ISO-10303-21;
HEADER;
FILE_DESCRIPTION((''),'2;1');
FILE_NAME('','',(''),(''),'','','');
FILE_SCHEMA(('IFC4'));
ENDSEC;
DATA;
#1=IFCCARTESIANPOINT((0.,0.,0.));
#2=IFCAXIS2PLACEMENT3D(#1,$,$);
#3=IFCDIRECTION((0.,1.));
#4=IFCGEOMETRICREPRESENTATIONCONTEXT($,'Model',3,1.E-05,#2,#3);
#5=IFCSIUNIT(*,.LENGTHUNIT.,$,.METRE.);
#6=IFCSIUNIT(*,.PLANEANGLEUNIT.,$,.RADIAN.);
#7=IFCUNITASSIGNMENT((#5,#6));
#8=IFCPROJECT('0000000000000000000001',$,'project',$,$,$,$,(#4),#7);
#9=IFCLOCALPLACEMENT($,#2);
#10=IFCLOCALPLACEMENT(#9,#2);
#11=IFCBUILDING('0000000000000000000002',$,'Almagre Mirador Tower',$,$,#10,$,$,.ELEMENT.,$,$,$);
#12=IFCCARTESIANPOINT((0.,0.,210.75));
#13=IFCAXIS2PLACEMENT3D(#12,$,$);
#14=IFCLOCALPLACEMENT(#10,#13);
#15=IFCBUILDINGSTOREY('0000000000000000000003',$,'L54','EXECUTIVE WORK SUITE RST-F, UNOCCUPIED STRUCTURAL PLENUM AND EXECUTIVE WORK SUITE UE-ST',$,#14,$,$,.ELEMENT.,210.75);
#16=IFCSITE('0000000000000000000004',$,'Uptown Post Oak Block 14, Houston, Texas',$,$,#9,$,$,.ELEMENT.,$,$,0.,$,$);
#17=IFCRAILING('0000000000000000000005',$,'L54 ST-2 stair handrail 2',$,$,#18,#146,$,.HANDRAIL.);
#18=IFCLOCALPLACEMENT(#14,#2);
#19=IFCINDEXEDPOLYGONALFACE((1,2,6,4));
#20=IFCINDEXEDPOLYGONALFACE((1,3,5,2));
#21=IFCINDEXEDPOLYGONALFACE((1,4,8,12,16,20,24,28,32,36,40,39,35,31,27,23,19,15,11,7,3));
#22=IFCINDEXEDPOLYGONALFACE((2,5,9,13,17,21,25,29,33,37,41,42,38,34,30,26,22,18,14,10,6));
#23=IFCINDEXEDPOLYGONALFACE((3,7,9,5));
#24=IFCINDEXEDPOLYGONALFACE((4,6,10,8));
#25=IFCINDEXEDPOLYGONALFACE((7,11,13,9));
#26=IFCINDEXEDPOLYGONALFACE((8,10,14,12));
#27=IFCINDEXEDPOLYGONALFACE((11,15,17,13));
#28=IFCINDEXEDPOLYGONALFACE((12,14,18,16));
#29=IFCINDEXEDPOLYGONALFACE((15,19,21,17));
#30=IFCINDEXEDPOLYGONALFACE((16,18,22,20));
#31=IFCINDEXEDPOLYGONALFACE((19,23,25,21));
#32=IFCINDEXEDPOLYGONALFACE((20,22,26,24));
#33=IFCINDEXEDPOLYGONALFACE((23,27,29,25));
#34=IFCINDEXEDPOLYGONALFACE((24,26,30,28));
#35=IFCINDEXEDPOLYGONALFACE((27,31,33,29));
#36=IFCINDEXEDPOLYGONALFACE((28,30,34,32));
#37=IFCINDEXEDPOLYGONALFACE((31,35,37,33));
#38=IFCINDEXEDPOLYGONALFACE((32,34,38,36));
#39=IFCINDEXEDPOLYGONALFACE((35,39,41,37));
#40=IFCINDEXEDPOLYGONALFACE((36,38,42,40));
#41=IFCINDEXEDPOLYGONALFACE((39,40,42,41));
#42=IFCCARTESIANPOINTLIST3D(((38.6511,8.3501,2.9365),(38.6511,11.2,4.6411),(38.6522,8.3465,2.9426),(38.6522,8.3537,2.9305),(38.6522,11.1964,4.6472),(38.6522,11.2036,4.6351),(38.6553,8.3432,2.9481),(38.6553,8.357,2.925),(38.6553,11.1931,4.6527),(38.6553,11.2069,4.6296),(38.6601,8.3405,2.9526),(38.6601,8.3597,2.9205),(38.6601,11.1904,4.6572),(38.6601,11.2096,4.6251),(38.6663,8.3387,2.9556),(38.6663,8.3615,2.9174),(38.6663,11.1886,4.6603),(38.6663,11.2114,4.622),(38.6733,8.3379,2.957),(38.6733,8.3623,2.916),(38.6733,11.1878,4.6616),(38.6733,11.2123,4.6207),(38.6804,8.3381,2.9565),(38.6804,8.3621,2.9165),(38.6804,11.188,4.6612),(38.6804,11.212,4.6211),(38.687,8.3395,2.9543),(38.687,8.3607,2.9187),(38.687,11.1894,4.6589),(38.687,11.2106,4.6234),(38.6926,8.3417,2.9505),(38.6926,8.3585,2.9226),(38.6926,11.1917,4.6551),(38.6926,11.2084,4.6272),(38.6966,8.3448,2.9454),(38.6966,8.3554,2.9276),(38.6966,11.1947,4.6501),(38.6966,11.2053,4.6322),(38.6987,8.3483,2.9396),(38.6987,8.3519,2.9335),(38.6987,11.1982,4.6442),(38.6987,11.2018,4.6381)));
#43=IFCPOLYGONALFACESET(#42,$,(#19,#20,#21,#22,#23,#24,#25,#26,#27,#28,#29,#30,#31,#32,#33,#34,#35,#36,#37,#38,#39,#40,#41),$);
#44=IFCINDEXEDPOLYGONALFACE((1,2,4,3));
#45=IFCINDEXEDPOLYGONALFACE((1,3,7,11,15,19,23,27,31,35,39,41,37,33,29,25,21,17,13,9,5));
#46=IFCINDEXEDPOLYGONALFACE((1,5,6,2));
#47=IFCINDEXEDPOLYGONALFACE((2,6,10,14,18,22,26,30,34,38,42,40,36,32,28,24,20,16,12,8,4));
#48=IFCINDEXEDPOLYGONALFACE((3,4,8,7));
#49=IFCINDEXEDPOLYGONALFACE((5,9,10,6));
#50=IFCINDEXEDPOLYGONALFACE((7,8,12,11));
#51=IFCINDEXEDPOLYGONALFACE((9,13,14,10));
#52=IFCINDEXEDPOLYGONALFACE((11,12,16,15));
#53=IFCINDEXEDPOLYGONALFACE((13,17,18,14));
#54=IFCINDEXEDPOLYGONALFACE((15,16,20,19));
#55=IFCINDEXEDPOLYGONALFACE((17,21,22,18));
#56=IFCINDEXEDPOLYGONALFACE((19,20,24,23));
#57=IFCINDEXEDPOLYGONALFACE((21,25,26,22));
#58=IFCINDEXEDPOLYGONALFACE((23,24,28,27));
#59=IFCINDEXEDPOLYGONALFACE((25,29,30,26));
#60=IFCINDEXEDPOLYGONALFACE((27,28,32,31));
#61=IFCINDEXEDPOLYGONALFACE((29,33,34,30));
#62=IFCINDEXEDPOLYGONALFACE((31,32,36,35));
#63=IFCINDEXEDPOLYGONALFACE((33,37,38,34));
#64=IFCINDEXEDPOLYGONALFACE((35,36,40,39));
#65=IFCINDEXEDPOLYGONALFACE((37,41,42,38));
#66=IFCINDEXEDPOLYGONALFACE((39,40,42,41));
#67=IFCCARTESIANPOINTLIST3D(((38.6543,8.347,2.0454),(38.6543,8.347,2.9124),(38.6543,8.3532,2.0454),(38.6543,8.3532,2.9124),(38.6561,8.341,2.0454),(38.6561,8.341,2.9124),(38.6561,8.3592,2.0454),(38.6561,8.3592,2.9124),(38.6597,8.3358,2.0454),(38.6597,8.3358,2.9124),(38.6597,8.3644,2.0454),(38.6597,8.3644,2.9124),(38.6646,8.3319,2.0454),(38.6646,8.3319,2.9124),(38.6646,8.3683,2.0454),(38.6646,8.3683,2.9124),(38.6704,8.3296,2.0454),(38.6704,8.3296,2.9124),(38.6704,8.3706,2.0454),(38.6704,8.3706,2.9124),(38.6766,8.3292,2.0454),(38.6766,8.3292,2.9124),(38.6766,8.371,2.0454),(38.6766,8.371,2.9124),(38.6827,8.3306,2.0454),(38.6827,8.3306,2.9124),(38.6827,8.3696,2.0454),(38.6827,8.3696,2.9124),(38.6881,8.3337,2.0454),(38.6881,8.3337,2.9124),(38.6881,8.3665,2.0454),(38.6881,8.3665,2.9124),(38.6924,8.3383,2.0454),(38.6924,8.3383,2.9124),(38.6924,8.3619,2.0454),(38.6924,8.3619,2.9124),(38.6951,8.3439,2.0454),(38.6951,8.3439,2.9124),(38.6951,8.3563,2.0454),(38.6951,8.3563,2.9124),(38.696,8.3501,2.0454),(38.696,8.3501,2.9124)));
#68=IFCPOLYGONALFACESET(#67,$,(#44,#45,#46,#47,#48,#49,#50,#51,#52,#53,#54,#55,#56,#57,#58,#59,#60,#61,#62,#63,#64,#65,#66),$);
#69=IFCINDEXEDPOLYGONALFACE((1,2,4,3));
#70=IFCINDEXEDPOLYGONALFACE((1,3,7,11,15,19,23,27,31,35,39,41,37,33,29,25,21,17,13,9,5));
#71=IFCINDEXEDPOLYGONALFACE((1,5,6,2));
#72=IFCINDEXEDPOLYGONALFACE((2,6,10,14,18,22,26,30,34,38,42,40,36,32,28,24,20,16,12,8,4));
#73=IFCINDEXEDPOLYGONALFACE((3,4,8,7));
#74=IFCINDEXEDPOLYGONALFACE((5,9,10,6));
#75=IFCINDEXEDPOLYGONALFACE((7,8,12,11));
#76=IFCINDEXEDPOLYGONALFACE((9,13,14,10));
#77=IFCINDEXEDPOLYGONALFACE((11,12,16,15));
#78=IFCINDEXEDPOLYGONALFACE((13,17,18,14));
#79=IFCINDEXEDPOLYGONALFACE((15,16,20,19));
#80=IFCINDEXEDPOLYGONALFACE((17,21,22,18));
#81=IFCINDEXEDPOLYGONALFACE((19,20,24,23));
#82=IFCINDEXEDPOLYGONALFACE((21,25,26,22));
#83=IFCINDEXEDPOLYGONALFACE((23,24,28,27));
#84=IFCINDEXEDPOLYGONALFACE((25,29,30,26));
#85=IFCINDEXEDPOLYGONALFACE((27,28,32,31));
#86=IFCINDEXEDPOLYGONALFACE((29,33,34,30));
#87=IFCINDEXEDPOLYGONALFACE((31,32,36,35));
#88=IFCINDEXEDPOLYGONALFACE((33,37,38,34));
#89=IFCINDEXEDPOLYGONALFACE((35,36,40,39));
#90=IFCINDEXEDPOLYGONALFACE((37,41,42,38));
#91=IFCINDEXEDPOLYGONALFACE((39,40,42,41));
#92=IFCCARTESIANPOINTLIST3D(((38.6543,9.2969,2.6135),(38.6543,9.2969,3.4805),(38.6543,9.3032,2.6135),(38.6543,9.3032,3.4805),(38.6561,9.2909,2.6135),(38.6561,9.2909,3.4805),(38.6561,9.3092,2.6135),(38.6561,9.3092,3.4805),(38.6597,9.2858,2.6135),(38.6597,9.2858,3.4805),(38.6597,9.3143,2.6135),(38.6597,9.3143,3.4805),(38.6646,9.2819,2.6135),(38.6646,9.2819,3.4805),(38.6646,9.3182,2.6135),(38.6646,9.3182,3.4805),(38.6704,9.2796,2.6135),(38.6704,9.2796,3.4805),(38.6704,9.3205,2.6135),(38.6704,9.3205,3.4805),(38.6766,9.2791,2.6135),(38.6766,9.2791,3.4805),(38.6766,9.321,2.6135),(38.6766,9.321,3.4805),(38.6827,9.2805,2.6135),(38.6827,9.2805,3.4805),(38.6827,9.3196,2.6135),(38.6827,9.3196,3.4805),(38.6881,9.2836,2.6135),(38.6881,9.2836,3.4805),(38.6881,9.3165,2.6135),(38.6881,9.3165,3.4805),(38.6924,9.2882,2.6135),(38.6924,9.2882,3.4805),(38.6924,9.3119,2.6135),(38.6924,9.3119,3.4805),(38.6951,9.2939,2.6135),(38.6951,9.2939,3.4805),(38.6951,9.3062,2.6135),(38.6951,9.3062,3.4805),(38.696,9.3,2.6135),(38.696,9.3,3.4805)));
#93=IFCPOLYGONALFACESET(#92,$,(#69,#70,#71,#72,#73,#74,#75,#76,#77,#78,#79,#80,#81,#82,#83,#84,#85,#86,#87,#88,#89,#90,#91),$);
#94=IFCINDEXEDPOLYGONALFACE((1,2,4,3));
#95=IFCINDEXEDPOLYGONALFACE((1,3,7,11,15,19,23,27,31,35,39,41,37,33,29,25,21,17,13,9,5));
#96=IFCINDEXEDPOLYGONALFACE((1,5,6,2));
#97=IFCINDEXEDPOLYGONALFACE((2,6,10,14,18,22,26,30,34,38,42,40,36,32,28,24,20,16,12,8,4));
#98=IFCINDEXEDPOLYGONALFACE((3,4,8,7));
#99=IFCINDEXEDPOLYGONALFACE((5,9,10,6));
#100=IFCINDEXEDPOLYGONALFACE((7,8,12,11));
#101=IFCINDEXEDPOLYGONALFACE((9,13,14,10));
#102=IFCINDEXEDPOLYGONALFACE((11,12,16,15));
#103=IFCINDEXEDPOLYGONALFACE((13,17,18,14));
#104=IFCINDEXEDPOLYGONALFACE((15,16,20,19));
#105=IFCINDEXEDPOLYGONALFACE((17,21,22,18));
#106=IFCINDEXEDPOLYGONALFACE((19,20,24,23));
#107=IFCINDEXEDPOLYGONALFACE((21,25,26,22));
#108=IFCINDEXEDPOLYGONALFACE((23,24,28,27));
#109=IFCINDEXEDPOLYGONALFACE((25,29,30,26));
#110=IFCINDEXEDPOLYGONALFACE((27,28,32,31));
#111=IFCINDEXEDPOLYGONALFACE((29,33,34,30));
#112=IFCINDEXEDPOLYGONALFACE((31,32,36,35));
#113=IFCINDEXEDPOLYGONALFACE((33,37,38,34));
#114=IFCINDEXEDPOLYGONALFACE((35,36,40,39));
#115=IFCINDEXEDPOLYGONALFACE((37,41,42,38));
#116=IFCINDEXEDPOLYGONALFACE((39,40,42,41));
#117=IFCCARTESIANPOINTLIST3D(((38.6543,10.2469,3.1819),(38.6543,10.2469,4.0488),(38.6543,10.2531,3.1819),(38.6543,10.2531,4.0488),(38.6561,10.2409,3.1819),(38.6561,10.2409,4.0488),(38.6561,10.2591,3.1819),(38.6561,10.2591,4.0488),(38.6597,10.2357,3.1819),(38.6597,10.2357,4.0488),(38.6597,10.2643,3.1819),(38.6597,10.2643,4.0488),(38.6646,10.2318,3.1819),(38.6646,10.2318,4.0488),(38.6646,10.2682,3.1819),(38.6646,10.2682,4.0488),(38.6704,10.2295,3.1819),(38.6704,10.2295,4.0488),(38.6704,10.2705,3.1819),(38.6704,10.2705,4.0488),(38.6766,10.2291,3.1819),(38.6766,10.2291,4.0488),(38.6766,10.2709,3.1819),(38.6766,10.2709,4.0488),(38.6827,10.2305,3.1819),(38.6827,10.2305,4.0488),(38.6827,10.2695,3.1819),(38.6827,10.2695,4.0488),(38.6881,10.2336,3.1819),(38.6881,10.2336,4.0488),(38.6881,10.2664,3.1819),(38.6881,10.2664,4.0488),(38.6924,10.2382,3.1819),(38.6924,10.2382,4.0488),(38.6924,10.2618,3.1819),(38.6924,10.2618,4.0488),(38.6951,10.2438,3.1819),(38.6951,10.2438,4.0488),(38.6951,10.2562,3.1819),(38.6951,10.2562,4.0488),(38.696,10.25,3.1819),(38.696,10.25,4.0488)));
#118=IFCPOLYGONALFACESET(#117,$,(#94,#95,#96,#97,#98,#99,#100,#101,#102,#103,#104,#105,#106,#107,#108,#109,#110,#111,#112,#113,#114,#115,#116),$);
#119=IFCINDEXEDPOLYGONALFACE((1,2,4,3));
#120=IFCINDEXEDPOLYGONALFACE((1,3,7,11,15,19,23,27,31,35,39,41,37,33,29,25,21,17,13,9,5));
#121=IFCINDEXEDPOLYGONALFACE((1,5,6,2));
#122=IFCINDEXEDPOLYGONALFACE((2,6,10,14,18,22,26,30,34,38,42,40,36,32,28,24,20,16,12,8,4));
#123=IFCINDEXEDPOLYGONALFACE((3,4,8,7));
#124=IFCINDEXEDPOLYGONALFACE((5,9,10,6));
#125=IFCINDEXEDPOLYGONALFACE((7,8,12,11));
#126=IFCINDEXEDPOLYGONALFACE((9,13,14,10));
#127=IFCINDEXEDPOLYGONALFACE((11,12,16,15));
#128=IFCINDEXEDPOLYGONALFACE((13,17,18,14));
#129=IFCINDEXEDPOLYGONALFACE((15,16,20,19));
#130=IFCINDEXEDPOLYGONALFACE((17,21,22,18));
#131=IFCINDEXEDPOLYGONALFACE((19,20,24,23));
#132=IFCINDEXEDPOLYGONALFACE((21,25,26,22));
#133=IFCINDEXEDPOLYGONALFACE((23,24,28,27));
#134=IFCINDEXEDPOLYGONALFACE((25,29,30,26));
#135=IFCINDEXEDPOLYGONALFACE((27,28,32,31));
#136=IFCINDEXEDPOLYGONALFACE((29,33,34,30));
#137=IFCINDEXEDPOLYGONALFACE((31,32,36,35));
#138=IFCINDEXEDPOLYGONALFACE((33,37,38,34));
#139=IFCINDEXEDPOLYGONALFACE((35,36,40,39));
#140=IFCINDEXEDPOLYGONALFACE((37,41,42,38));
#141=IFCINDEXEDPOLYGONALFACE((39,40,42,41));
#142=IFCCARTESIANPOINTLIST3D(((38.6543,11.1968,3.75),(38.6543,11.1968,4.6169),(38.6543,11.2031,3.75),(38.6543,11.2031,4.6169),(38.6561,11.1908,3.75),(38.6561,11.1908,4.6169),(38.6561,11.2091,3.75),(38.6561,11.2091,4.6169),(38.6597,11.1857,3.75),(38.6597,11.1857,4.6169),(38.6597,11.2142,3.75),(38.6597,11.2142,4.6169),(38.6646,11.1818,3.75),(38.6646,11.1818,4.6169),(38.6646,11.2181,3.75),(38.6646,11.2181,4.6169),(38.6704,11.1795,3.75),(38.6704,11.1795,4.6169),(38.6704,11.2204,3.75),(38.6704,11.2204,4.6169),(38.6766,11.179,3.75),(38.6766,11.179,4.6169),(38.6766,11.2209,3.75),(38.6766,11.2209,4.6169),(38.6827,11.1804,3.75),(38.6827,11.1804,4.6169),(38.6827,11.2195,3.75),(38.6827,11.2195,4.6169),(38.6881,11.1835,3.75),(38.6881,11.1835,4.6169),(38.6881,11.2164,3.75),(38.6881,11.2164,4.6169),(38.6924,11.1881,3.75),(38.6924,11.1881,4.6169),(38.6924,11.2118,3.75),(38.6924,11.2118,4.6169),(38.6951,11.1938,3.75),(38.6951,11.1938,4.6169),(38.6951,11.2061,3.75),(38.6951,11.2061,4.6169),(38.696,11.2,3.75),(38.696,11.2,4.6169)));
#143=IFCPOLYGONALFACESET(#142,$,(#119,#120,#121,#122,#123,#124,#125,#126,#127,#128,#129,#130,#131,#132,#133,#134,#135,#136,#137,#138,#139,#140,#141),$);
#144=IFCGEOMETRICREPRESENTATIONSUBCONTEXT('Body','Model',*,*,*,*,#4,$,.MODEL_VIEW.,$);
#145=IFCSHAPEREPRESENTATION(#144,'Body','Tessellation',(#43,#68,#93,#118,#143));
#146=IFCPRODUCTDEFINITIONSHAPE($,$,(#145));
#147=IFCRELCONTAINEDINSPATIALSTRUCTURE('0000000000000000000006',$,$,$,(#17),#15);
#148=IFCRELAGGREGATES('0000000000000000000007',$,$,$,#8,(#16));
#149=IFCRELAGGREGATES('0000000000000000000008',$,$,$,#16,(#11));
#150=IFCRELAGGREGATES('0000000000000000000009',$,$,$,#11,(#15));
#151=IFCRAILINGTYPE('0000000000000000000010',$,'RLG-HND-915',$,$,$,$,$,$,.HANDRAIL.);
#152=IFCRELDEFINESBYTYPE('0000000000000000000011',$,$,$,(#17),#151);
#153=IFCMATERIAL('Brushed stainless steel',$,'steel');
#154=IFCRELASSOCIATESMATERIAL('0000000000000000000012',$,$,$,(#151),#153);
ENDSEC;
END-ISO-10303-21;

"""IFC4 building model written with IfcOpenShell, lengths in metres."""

from ifc_helpers import new_model, si_unit, direction, frame, origin, origin_2d, place, context, subcontext, project, spatial, circle, extrude, material, type_object, element, save


model = new_model("IFC4")

# Units and contexts
model_context = context("Model", 3, precision=1e-05, world=origin(), true_north=direction((0.0, 1.0)))
body_context = subcontext(model_context, "Body", "Model", "MODEL_VIEW")
ifc_project = project(units=[si_unit("LENGTHUNIT", "METRE"), si_unit("PLANEANGLEUNIT", "RADIAN")], contexts=[model_context])

# Site, building, storey
site_placement = place(None, origin())
site = spatial("IfcSite", under=ifc_project, at=site_placement, Name="Uptown Post Oak Block 14, Houston, Texas", CompositionType="ELEMENT", RefElevation=0.0)
building_placement = place(site_placement, origin())
building = spatial("IfcBuilding", under=site, at=building_placement, Name="Almagre Mirador Tower", CompositionType="ELEMENT")
storey_placement = place(building_placement, frame((0.0, 0.0, 210.75)))
storey = spatial("IfcBuildingStorey", under=building, at=storey_placement, Name="L54", Description="EXECUTIVE WORK SUITE RST-F, UNOCCUPIED STRUCTURAL PLENUM AND EXECUTIVE WORK SUITE UE-ST", CompositionType="ELEMENT", Elevation=210.75)

# Railing
ifc_material_1 = material(Name="Brushed stainless steel", Category="steel")
railing_type_1 = type_object("IfcRailingType", Name="RLG-HND-915", PredefinedType="HANDRAIL", material=ifc_material_1)
railing_1_placement = place(storey_placement, frame((38.675, 8.3501, 2.0454)))
element("IfcRailing", 1, at=railing_1_placement, inside=storey, type_object=railing_type_1, Name="L54 ST-2 stair handrail 2", PredefinedType="HANDRAIL", context=body_context, shape_type="SweptSolid", body=[
    extrude(circle(Radius=0.0239, at=origin_2d()), frame((0.0, 0.0, 0.8911), z_axis=(0.0, 0.858199, 0.513317), x_axis=(-1.0, 0.0, 0.0)), (0.0, 0.0, 1.0), 3.3208),
    extrude(circle(Radius=0.021, at=origin_2d()), origin(), (0.0, 0.0, 1.0), 0.8669),
    extrude(circle(Radius=0.021, at=origin_2d()), frame((0.0, 0.95, 0.5681)), (0.0, 0.0, 1.0), 0.8669),
    extrude(circle(Radius=0.021, at=origin_2d()), frame((0.0, 1.8999, 1.1365)), (0.0, 0.0, 1.0), 0.8669),
    extrude(circle(Radius=0.021, at=origin_2d()), frame((0.0, 2.8499, 1.7046)), (0.0, 0.0, 1.0), 0.8669),
])

save(model, "model.ifc")
